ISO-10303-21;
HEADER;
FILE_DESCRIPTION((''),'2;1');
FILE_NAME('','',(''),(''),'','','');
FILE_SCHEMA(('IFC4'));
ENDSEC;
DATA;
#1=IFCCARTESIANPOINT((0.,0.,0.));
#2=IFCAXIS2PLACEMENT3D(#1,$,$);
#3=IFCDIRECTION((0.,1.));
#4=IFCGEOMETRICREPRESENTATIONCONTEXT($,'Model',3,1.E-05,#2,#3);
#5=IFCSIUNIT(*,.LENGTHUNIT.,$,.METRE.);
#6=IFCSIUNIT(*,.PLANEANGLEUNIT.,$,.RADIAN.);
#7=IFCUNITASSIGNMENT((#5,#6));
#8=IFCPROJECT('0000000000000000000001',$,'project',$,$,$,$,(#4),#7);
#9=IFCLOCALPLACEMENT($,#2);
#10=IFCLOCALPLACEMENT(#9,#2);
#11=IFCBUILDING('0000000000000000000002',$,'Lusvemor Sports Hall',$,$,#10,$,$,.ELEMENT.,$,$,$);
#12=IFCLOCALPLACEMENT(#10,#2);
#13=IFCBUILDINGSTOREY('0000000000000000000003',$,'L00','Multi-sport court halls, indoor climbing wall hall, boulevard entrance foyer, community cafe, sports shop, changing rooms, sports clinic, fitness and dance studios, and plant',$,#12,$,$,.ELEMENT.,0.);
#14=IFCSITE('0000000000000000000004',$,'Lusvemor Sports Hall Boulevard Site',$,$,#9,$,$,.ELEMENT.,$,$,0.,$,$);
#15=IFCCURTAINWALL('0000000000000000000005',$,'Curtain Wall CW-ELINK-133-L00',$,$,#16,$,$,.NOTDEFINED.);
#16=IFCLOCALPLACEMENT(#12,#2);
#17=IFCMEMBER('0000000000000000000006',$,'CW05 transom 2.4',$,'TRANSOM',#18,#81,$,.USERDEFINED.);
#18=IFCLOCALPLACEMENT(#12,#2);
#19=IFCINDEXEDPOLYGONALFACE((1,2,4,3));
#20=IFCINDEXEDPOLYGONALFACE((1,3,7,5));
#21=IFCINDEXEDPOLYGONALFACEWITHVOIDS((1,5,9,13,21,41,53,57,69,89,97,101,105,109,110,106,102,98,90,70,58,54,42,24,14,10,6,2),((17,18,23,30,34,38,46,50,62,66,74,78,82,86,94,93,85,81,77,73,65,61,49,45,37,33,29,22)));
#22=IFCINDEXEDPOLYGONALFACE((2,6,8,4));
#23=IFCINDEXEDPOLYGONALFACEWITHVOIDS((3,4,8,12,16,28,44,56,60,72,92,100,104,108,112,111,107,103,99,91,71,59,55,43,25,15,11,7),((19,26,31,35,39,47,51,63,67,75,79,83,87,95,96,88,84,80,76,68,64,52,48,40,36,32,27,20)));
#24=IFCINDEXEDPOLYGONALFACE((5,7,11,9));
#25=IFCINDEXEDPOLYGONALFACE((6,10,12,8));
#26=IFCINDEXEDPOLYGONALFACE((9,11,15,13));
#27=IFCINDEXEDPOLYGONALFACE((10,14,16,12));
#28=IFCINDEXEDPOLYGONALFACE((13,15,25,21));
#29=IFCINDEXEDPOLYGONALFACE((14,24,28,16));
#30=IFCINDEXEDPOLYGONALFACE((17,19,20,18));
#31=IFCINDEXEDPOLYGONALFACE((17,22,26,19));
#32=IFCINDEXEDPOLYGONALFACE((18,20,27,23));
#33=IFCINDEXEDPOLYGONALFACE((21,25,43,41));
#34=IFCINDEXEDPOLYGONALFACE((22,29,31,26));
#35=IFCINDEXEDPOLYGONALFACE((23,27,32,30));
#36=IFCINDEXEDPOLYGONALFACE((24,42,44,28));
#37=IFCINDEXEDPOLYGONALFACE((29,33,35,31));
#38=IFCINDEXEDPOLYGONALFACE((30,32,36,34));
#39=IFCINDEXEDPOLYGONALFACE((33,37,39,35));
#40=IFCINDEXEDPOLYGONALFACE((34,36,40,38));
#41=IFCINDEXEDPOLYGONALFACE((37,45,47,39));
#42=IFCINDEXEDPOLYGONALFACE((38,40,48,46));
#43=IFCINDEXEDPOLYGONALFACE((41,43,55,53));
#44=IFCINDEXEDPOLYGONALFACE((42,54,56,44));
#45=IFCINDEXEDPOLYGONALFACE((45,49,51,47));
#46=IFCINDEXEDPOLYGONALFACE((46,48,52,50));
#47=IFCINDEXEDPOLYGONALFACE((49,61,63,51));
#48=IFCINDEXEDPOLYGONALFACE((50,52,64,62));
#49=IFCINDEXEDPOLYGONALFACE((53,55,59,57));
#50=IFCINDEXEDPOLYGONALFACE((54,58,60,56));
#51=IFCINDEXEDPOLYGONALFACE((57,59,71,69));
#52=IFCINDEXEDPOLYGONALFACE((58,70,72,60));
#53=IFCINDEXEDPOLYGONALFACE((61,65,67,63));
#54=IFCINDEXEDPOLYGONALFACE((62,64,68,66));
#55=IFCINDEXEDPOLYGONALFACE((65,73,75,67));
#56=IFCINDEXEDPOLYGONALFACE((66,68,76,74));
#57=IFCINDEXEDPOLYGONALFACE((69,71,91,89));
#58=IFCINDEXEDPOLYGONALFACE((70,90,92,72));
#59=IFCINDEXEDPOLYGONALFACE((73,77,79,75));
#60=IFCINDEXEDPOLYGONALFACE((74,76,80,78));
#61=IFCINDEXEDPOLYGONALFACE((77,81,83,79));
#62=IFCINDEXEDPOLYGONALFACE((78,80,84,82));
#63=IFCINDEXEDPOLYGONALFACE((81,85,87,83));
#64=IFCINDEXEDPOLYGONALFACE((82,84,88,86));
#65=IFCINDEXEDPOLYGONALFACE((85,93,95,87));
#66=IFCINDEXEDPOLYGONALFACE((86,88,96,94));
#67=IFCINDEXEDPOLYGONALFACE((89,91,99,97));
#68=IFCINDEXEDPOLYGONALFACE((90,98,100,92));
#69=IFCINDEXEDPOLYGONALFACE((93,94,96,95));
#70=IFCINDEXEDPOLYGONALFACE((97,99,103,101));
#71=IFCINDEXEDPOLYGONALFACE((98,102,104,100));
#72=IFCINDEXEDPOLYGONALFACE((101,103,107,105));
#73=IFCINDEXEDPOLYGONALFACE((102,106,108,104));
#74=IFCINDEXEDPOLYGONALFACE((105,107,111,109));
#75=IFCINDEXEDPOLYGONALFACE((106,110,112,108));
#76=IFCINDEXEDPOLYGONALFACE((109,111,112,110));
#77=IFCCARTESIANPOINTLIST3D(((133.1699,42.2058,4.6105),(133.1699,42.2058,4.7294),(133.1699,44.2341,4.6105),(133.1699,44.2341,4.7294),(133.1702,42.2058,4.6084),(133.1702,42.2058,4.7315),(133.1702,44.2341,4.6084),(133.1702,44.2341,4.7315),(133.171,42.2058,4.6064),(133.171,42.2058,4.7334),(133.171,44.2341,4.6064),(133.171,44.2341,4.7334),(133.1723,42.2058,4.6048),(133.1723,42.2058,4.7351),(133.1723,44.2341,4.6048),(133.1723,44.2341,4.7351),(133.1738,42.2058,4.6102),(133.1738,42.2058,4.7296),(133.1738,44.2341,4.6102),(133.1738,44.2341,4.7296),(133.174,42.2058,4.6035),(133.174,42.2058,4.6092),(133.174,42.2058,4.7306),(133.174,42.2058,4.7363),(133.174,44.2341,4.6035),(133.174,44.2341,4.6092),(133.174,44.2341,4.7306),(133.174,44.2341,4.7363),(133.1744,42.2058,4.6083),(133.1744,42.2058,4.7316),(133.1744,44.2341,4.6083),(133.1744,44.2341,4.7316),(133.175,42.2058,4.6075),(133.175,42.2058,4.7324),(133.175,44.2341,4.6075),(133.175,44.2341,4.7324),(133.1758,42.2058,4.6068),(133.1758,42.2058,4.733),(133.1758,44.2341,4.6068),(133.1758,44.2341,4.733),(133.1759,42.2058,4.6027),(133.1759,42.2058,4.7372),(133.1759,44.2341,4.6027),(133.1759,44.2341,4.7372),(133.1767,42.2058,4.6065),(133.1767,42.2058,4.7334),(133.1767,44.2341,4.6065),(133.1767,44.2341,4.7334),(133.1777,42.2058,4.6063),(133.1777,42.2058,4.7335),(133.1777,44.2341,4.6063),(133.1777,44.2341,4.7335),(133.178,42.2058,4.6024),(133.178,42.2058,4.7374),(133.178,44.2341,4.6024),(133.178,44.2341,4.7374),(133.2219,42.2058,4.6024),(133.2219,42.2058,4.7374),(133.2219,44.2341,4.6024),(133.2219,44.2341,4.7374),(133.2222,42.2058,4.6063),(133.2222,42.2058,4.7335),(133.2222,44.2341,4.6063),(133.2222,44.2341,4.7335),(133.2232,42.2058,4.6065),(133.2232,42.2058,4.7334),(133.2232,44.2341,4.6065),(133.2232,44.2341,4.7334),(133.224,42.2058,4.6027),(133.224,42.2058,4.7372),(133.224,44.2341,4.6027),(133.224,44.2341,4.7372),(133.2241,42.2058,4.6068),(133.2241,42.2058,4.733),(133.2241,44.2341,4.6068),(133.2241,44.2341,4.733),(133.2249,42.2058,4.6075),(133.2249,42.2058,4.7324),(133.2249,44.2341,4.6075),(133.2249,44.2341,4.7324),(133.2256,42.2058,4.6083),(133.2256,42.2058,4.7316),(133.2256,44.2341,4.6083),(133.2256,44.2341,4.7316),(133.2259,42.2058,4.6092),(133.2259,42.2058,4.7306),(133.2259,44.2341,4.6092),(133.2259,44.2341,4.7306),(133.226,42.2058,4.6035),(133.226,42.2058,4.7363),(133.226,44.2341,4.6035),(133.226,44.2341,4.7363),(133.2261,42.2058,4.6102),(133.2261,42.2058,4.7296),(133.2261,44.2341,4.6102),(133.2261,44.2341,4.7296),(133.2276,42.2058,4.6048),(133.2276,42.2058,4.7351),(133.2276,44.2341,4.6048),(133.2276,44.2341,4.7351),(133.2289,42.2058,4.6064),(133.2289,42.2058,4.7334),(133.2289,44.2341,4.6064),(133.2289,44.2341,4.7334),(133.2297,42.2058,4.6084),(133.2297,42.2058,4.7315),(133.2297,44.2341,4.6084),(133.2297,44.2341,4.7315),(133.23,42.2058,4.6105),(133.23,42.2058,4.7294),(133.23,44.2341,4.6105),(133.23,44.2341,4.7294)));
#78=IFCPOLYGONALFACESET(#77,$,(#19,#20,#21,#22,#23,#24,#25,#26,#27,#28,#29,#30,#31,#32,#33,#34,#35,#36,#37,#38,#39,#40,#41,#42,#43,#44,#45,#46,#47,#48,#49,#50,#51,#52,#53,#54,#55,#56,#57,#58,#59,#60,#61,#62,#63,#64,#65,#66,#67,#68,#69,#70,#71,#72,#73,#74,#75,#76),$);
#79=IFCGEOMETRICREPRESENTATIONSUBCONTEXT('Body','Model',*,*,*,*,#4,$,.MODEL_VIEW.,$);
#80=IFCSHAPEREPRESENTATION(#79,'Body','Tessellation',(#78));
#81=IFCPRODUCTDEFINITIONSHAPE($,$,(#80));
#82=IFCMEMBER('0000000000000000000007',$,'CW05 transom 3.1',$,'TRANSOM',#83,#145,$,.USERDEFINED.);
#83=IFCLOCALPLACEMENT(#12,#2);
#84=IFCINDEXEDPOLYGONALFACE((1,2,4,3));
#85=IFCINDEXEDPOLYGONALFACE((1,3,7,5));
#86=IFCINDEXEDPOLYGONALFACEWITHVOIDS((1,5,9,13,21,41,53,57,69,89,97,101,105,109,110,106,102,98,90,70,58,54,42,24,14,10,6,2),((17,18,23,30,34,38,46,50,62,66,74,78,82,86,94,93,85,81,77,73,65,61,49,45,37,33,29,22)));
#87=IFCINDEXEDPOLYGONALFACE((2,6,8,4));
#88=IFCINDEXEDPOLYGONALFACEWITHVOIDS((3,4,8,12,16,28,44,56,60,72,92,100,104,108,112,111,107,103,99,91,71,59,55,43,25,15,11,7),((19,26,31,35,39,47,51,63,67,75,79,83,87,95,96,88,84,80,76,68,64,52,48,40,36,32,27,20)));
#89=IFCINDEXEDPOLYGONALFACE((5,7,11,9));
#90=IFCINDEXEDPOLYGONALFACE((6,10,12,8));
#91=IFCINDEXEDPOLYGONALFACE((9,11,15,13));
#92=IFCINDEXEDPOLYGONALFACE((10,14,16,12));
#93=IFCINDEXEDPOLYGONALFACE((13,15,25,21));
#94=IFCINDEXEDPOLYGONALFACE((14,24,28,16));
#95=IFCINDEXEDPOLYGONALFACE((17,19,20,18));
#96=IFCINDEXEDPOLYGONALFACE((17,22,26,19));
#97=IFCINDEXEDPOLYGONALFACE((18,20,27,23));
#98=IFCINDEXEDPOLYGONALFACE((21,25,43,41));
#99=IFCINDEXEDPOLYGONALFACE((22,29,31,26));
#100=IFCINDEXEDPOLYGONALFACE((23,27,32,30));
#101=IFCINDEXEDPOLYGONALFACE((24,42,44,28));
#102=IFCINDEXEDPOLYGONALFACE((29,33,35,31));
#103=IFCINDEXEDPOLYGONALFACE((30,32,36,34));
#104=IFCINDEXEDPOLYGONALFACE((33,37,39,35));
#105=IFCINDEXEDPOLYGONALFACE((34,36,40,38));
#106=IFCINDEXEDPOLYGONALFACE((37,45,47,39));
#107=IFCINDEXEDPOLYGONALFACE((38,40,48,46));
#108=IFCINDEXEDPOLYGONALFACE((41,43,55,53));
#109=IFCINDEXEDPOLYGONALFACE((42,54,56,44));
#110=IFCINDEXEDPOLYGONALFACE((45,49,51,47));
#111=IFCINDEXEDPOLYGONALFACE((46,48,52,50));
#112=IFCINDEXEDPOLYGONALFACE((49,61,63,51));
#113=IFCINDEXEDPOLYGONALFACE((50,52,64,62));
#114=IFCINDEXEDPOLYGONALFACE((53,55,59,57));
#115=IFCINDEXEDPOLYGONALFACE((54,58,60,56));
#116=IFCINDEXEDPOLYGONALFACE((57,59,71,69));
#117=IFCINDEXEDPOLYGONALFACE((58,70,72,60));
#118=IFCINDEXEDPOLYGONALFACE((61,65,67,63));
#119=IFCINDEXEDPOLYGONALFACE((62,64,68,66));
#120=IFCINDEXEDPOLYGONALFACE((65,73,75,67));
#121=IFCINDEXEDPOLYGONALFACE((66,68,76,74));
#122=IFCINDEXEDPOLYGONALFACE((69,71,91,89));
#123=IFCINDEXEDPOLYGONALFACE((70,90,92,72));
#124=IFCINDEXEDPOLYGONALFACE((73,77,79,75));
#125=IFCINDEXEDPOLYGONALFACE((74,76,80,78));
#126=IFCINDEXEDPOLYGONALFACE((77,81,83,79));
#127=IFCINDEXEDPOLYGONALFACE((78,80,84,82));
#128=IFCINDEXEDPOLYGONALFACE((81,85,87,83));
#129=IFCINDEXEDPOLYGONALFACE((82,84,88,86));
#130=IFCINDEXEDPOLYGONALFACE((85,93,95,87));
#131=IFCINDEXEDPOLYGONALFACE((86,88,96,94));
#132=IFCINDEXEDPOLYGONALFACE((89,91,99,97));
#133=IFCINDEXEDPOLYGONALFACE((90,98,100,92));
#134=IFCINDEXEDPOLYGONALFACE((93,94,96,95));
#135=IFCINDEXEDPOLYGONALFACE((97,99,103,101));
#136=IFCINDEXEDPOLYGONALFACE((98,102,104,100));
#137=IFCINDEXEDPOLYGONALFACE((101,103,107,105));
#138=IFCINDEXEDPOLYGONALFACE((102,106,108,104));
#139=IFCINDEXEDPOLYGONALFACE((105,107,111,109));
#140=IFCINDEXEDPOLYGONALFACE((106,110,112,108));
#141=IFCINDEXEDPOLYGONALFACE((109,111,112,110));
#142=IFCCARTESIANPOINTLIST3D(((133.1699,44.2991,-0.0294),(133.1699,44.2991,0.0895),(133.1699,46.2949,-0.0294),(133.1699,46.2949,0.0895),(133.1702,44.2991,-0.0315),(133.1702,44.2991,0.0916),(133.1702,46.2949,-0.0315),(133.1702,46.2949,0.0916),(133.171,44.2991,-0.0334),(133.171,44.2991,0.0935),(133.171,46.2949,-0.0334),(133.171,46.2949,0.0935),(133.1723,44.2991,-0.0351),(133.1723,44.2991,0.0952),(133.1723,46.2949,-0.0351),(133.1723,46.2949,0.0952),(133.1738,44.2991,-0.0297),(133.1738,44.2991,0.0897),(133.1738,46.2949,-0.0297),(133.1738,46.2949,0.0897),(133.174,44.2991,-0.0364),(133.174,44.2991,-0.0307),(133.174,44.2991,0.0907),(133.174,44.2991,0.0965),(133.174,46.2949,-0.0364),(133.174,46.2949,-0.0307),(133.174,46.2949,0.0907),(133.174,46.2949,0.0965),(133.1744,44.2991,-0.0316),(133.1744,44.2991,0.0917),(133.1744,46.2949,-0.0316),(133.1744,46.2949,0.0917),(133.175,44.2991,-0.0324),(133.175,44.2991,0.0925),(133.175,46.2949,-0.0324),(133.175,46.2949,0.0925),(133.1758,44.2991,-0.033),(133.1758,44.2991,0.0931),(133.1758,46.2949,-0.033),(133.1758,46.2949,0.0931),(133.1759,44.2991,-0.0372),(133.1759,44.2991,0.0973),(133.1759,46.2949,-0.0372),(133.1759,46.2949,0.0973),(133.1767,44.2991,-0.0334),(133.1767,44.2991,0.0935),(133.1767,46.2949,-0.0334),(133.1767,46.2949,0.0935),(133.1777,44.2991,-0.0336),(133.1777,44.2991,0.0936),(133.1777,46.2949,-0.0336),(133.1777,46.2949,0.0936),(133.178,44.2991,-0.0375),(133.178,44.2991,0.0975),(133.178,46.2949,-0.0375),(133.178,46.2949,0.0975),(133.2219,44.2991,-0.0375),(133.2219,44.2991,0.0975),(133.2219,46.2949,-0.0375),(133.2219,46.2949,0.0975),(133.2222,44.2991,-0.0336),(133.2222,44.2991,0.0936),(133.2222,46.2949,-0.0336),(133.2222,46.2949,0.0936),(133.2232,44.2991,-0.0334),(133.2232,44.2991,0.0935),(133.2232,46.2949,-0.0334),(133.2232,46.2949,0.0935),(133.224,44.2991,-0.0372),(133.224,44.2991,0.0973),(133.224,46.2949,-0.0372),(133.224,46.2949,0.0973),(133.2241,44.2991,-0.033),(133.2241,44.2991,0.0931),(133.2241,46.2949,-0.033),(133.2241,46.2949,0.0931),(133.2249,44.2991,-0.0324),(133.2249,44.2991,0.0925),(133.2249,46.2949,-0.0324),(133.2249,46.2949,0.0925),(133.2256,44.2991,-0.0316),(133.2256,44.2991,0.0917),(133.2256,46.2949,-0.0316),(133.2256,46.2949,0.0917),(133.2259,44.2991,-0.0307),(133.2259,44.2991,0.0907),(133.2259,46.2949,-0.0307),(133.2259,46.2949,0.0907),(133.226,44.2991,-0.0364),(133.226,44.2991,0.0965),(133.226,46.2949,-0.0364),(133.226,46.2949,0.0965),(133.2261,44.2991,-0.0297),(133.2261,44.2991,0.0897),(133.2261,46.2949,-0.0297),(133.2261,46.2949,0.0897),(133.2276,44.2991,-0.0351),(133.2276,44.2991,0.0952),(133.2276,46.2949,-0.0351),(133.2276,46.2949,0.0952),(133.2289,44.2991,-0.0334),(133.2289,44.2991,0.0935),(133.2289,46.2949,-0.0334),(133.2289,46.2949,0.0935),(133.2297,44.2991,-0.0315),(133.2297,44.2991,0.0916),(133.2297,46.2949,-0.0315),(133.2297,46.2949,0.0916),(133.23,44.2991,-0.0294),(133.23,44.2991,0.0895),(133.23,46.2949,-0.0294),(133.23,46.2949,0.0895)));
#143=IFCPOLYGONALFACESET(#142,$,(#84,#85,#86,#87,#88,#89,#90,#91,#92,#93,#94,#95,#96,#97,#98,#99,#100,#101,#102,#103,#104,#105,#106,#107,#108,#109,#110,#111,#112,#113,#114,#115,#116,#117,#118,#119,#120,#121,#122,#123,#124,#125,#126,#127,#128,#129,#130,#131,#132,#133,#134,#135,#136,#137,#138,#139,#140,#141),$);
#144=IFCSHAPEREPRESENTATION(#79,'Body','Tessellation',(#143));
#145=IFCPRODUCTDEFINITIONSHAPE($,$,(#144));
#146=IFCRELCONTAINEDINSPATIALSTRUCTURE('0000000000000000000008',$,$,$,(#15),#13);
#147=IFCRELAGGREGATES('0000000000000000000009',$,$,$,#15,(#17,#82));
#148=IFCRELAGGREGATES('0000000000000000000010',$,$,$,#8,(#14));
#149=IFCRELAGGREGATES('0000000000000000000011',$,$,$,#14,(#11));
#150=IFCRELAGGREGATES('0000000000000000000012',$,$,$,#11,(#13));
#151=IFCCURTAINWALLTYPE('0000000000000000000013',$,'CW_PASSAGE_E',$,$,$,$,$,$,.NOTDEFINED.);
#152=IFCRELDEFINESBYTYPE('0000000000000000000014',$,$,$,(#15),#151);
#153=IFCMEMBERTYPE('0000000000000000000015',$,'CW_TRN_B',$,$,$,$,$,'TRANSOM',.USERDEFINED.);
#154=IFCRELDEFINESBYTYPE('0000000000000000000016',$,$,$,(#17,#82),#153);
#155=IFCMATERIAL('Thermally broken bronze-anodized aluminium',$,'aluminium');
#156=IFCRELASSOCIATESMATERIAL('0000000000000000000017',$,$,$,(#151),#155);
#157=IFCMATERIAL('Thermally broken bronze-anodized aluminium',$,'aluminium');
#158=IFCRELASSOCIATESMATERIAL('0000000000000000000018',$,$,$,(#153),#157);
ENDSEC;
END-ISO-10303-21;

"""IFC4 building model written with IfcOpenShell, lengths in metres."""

from ifc_helpers import new_model, si_unit, direction, frame, origin, origin_2d, place, context, subcontext, project, spatial, hollow_rectangle, extrude, material, material_profile, profile_set, type_object, element, aggregate, save


model = new_model("IFC4")

# Units and contexts
model_context = context("Model", 3, precision=1e-05, world=origin(), true_north=direction((0.0, 1.0)))
body_context = subcontext(model_context, "Body", "Model", "MODEL_VIEW")
ifc_project = project(units=[si_unit("LENGTHUNIT", "METRE"), si_unit("PLANEANGLEUNIT", "RADIAN")], contexts=[model_context])

# Site, building, storey
site_placement = place(None, origin())
site = spatial("IfcSite", under=ifc_project, at=site_placement, Name="Lusvemor Sports Hall Boulevard Site", CompositionType="ELEMENT", RefElevation=0.0)
building_placement = place(site_placement, origin())
building = spatial("IfcBuilding", under=site, at=building_placement, Name="Lusvemor Sports Hall", CompositionType="ELEMENT")
storey_placement = place(building_placement, origin())
storey = spatial("IfcBuildingStorey", under=building, at=storey_placement, Name="L00", Description="Multi-sport court halls, indoor climbing wall hall, boulevard entrance foyer, community cafe, sports shop, changing rooms, sports clinic, fitness and dance studios, and plant", CompositionType="ELEMENT", Elevation=0.0)

# Curtain wall, members
ifc_material_1 = material(Name="Thermally broken bronze-anodized aluminium", Category="aluminium")
curtain_wall_type = type_object("IfcCurtainWallType", Name="CW_PASSAGE_E", PredefinedType="NOTDEFINED", material=ifc_material_1)
curtain_wall_placement = place(storey_placement, origin())
curtain_wall = element("IfcCurtainWall", 1, at=curtain_wall_placement, inside=storey, type_object=curtain_wall_type, Name="Curtain Wall CW-ELINK-133-L00", PredefinedType="NOTDEFINED")
ifc_material_2 = material(Name="Thermally broken bronze-anodized aluminium", Category="aluminium")
ifc_material_profile_1 = material_profile(ifc_material_2, hollow_rectangle(XDim=0.0601, YDim=0.135, WallThickness=0.0039, InnerFilletRadius=0.0039, OuterFilletRadius=0.0081, at=origin_2d()), Name="CWTRN135x60x4")
ifc_profile_set_1 = profile_set([ifc_material_profile_1], Name="Thermally broken bronze-anodized aluminium")
member_type_1 = type_object("IfcMemberType", Name="CW_TRN_B", ElementType="TRANSOM", PredefinedType="USERDEFINED", material=ifc_profile_set_1)
member_1_placement = place(storey_placement, frame((133.2, 42.2058, 4.6699), z_axis=(0.0, 1.0, 0.0), x_axis=(-1.0, 0.0, 0.0)))
member_1 = element("IfcMember", 2, at=member_1_placement, type_object=member_type_1, Name="CW05 transom 2.4", ObjectType="TRANSOM", PredefinedType="USERDEFINED", context=body_context, shape_type="SweptSolid", body=[
    extrude(hollow_rectangle(XDim=0.0601, YDim=0.135, WallThickness=0.0039, InnerFilletRadius=0.0039, OuterFilletRadius=0.0081, at=origin_2d()), origin(), (0.0, 0.0, 1.0), 2.0283),
])
member_2_placement = place(storey_placement, frame((133.2, 44.2991, 0.03), z_axis=(0.0, 1.0, 0.0), x_axis=(-1.0, 0.0, 0.0)))
member_2 = element("IfcMember", 3, at=member_2_placement, type_object=member_type_1, Name="CW05 transom 3.1", ObjectType="TRANSOM", PredefinedType="USERDEFINED", context=body_context, shape_type="SweptSolid", body=[
    extrude(hollow_rectangle(XDim=0.0601, YDim=0.135, WallThickness=0.0039, InnerFilletRadius=0.0039, OuterFilletRadius=0.0081, at=origin_2d()), origin(), (0.0, 0.0, 1.0), 1.9958),
])
aggregate(curtain_wall, [member_1, member_2])

save(model, "model.ifc")
